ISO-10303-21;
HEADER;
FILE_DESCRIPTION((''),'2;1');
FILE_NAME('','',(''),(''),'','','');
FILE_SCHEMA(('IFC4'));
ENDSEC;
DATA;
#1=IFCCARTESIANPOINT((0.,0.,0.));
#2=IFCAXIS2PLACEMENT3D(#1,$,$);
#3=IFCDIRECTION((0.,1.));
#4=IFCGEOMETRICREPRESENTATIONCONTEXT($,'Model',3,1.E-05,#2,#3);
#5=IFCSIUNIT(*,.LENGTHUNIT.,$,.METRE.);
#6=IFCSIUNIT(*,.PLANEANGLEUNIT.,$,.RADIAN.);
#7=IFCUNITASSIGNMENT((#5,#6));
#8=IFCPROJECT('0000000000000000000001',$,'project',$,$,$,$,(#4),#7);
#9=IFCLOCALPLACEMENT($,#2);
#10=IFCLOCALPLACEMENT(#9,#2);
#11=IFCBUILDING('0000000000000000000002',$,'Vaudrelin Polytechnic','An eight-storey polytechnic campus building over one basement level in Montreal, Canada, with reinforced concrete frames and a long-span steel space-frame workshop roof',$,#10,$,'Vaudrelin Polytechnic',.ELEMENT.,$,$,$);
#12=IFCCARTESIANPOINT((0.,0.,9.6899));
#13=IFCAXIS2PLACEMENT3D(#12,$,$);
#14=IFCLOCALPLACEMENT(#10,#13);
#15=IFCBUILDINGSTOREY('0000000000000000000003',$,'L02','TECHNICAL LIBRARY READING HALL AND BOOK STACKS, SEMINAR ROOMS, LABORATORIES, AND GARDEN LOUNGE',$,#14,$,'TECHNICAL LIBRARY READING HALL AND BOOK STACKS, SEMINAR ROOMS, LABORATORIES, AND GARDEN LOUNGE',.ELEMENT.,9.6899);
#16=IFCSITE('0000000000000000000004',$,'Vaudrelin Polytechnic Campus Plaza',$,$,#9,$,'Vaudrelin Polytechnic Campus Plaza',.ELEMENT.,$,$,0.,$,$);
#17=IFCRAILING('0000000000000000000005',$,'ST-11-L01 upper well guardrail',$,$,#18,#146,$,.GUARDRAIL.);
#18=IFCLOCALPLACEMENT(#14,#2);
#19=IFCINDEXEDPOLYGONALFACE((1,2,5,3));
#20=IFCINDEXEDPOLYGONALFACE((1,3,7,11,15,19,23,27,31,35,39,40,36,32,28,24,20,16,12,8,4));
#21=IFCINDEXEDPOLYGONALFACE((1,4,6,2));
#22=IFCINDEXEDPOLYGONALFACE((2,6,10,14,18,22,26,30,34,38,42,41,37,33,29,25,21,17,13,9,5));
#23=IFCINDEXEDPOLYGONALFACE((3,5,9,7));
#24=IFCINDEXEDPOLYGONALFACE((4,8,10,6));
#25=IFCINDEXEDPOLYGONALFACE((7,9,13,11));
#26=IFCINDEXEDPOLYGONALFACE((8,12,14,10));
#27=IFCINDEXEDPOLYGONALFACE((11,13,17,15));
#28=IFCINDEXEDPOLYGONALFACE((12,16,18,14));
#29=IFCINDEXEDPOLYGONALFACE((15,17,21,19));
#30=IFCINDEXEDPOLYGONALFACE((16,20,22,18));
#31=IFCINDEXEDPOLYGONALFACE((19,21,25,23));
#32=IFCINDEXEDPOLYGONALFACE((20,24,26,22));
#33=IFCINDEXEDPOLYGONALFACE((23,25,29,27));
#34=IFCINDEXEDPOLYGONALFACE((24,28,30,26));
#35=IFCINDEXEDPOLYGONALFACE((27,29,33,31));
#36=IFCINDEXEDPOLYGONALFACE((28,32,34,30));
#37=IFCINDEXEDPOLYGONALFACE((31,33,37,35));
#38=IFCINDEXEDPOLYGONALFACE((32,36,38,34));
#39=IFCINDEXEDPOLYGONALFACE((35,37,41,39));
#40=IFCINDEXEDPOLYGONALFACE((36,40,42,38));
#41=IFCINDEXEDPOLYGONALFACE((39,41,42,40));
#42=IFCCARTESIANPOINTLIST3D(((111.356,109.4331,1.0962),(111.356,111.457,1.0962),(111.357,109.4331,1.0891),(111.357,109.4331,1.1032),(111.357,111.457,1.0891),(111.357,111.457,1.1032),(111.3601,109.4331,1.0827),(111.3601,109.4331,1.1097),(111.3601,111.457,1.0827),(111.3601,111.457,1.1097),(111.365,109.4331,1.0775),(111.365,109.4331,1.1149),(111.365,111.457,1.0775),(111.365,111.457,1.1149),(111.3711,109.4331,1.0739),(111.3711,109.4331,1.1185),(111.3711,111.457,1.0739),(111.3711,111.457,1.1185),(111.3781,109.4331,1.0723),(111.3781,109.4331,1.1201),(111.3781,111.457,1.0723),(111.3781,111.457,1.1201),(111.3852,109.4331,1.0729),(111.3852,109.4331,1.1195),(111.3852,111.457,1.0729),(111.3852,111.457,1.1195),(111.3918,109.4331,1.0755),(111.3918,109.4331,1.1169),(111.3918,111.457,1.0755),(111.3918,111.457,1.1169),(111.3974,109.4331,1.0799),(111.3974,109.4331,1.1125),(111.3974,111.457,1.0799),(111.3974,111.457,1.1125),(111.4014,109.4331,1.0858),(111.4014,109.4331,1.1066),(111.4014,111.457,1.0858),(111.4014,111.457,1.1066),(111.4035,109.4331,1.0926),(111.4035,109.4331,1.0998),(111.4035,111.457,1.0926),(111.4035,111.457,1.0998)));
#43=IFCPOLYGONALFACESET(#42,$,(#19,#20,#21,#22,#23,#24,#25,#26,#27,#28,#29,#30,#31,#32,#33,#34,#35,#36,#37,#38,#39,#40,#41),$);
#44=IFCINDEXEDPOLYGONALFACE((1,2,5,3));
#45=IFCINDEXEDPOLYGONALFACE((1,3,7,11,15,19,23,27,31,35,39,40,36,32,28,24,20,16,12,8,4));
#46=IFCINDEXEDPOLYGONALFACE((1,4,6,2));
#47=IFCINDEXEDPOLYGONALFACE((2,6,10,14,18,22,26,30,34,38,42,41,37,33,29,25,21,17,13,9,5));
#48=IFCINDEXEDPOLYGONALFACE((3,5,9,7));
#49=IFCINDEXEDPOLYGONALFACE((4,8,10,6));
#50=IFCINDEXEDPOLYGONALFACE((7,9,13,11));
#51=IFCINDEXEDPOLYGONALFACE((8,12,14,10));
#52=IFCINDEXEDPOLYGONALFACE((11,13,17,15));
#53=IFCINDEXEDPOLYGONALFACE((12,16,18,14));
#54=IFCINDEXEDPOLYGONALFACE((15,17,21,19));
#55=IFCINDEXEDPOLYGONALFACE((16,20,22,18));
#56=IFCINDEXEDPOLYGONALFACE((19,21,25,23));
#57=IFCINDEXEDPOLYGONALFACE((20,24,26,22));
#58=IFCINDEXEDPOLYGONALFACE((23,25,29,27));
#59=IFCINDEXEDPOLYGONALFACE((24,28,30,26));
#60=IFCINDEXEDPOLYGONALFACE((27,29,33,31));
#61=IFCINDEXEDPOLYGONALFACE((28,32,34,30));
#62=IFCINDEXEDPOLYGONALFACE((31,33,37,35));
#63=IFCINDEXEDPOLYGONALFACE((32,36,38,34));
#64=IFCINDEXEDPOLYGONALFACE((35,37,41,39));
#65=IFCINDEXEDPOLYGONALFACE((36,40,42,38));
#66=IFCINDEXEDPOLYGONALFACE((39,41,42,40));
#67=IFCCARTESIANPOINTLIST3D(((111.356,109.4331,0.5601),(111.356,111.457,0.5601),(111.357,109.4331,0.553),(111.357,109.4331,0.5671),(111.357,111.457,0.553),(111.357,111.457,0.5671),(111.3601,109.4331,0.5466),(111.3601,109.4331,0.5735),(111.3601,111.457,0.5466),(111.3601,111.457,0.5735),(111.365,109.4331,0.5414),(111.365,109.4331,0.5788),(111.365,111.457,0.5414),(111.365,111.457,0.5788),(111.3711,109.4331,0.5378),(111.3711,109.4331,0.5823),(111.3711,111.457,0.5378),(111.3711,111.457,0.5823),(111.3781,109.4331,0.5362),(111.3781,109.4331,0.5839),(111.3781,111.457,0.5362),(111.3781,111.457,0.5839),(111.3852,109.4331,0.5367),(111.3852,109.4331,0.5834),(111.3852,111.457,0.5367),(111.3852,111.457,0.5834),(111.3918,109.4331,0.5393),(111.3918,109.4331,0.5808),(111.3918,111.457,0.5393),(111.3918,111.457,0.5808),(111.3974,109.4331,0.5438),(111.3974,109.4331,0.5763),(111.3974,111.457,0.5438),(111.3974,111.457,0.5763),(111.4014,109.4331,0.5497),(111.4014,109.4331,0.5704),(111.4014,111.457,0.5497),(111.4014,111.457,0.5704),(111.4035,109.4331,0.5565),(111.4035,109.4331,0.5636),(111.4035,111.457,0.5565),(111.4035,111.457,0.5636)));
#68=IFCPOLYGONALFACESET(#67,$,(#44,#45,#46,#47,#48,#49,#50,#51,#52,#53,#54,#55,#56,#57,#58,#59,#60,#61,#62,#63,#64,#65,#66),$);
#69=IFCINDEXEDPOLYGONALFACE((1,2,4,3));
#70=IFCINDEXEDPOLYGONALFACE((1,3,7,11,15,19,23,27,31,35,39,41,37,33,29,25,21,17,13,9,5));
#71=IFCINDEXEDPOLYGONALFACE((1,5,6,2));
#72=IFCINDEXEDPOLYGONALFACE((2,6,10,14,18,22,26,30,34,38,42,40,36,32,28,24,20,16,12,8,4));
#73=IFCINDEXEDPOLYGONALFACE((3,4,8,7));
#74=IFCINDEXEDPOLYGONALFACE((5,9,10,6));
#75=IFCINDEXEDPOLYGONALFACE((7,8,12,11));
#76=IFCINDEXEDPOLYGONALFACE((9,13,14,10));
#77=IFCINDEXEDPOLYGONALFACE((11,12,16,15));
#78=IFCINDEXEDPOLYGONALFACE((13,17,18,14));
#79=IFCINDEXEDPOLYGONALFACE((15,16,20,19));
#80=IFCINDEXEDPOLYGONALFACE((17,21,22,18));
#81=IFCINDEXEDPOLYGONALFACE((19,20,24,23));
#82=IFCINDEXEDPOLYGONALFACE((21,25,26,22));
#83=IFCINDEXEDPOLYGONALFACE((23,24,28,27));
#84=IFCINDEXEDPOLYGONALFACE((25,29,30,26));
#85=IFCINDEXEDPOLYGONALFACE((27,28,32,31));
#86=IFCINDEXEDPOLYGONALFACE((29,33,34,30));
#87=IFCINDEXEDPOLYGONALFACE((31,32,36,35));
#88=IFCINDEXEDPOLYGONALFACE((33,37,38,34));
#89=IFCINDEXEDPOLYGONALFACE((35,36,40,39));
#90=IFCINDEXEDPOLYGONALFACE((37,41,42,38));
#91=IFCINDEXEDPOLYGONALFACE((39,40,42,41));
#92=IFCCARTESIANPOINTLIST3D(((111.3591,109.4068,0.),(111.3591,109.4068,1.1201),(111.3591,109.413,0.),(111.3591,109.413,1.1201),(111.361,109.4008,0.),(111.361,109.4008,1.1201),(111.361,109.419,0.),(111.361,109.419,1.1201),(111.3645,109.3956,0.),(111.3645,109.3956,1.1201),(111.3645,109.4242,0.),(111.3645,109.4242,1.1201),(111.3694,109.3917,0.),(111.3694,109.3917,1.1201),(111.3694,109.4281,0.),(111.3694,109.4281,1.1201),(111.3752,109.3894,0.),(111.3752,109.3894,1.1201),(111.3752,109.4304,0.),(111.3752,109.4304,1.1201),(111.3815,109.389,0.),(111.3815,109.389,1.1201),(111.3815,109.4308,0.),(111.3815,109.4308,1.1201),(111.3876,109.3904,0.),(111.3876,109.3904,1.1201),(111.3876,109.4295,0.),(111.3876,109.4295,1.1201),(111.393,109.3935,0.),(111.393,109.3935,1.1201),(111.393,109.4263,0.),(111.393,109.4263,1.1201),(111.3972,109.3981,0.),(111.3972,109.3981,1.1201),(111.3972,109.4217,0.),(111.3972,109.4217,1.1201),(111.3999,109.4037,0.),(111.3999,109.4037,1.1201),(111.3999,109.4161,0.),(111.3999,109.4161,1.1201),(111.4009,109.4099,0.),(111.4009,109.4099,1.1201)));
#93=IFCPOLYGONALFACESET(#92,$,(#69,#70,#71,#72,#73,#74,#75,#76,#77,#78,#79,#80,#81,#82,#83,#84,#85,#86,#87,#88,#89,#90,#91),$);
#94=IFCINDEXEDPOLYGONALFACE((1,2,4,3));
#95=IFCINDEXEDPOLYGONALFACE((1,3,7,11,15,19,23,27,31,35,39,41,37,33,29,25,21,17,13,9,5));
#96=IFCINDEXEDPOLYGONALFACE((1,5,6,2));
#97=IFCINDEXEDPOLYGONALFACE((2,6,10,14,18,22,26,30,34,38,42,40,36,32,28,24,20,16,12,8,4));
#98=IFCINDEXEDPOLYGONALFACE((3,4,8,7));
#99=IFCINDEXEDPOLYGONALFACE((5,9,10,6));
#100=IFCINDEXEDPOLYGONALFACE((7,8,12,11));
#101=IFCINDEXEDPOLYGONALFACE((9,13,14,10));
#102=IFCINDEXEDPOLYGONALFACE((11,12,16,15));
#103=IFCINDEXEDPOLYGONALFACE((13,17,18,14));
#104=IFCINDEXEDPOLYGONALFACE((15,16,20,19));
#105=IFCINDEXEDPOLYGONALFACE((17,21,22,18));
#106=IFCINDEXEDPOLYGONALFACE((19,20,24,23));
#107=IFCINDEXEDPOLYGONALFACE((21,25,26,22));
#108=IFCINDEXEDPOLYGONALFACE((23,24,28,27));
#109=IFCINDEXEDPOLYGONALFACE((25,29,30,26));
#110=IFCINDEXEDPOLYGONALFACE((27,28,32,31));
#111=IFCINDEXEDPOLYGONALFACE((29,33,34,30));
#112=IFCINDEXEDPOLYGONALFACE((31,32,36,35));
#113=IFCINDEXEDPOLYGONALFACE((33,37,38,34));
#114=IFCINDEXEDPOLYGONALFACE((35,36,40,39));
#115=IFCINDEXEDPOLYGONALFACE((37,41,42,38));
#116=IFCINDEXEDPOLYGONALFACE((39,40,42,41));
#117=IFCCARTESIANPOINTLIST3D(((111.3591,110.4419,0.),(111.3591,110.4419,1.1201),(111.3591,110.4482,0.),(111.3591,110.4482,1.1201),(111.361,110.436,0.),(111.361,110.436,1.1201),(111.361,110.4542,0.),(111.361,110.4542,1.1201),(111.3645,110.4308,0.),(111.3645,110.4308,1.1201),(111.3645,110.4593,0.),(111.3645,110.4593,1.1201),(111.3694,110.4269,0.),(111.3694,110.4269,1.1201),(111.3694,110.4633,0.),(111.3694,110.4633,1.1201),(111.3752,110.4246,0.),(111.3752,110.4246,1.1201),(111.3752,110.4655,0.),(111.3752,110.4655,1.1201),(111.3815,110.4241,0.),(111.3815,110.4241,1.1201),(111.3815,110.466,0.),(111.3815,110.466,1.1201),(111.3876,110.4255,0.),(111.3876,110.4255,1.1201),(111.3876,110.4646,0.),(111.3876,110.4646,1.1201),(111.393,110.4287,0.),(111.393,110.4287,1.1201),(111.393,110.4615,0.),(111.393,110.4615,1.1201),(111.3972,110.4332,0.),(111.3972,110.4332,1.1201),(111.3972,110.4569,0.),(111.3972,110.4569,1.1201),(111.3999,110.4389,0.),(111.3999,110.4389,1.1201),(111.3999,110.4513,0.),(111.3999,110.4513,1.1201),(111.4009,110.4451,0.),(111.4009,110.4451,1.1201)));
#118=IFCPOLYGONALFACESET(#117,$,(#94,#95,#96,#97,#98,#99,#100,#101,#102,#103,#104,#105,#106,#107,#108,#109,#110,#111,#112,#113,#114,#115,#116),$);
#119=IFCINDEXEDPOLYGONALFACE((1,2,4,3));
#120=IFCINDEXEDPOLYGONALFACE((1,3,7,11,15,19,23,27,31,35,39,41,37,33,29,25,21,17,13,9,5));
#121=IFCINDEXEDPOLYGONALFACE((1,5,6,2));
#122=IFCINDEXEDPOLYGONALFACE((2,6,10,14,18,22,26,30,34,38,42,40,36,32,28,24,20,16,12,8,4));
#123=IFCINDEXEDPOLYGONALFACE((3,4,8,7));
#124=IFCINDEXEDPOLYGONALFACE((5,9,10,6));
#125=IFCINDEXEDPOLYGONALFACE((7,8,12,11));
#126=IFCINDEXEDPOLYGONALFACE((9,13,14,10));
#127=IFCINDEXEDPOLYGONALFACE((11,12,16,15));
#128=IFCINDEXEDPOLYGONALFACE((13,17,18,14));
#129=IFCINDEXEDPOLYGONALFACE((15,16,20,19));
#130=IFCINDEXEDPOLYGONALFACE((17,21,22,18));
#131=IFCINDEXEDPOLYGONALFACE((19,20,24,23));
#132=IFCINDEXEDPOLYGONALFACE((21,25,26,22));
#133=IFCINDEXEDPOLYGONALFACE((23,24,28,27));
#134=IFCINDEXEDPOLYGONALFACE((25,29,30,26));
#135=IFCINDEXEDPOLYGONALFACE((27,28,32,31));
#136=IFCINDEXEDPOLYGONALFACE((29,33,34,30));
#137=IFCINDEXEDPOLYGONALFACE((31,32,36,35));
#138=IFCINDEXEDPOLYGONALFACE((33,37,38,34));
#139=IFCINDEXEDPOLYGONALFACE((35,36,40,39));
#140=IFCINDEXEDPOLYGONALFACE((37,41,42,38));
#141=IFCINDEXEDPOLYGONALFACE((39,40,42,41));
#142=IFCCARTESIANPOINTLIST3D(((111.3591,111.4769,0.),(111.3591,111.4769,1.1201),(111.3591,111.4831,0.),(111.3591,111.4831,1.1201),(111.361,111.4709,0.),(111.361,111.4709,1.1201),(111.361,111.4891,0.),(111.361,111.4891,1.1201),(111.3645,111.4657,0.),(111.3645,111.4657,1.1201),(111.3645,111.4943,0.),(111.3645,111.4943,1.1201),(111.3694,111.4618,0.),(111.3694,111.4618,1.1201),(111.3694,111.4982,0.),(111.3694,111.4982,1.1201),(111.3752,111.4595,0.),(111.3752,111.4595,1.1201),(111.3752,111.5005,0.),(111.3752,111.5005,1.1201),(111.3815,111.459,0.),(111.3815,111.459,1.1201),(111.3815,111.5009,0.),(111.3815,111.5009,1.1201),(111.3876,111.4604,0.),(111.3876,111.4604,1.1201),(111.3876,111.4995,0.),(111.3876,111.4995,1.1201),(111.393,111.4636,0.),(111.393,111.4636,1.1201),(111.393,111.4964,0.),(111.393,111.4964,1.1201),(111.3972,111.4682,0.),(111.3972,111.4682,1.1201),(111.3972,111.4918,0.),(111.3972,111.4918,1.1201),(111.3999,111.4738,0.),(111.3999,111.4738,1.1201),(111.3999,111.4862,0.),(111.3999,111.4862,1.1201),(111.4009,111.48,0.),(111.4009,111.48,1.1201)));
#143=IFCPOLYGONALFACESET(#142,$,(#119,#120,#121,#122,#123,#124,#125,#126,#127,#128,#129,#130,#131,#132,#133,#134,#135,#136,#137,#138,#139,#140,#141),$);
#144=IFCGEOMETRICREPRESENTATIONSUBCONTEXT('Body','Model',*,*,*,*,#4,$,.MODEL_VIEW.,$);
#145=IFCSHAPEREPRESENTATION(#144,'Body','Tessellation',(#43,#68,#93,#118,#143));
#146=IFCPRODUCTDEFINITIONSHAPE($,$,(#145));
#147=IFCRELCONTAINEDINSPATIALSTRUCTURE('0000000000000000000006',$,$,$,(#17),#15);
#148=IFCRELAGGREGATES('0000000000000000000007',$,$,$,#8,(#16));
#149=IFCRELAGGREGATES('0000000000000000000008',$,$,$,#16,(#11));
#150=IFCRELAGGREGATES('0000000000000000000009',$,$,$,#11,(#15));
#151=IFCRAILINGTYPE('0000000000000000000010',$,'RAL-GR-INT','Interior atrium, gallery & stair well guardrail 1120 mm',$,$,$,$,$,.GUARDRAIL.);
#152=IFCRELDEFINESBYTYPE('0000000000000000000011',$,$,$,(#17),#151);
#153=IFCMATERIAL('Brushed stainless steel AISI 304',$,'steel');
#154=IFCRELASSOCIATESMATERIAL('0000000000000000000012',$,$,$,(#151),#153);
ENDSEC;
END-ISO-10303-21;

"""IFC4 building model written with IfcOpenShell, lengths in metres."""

from ifc_helpers import new_model, si_unit, direction, frame, origin, origin_2d, place, context, subcontext, project, spatial, circle, extrude, material, type_object, element, save


model = new_model("IFC4")

# Units and contexts
model_context = context("Model", 3, precision=1e-05, world=origin(), true_north=direction((0.0, 1.0)))
body_context = subcontext(model_context, "Body", "Model", "MODEL_VIEW")
ifc_project = project(units=[si_unit("LENGTHUNIT", "METRE"), si_unit("PLANEANGLEUNIT", "RADIAN")], contexts=[model_context])

# Site, building, storey
site_placement = place(None, origin())
site = spatial("IfcSite", under=ifc_project, at=site_placement, Name="Vaudrelin Polytechnic Campus Plaza", LongName="Vaudrelin Polytechnic Campus Plaza", CompositionType="ELEMENT", RefElevation=0.0)
building_placement = place(site_placement, origin())
building = spatial("IfcBuilding", under=site, at=building_placement, Name="Vaudrelin Polytechnic", Description="An eight-storey polytechnic campus building over one basement level in Montreal, Canada, with reinforced concrete frames and a long-span steel space-frame workshop roof", LongName="Vaudrelin Polytechnic", CompositionType="ELEMENT")
storey_placement = place(building_placement, frame((0.0, 0.0, 9.6899)))
storey = spatial("IfcBuildingStorey", under=building, at=storey_placement, Name="L02", Description="TECHNICAL LIBRARY READING HALL AND BOOK STACKS, SEMINAR ROOMS, LABORATORIES, AND GARDEN LOUNGE", LongName="TECHNICAL LIBRARY READING HALL AND BOOK STACKS, SEMINAR ROOMS, LABORATORIES, AND GARDEN LOUNGE", CompositionType="ELEMENT", Elevation=9.6899)

# Railing
ifc_material_1 = material(Name="Brushed stainless steel AISI 304", Category="steel")
railing_type_1 = type_object("IfcRailingType", Name="RAL-GR-INT", Description="Interior atrium, gallery & stair well guardrail 1120 mm", PredefinedType="GUARDRAIL", material=ifc_material_1)
railing_1_placement = place(storey_placement, frame((111.3799, 109.4099, 0.0)))
element("IfcRailing", 1, at=railing_1_placement, inside=storey, type_object=railing_type_1, Name="ST-11-L01 upper well guardrail", PredefinedType="GUARDRAIL", context=body_context, shape_type="SweptSolid", body=[
    extrude(circle(Radius=0.0239, at=origin_2d()), frame((0.0, 0.0232, 1.0962), z_axis=(0.0, 1.0, 0.0), x_axis=(-1.0, 0.0, 0.0)), (0.0, 0.0, 1.0), 2.0239),
    extrude(circle(Radius=0.0239, at=origin_2d()), frame((0.0, 0.0232, 0.5601), z_axis=(0.0, 1.0, 0.0), x_axis=(-1.0, 0.0, 0.0)), (0.0, 0.0, 1.0), 2.0239),
    extrude(circle(Radius=0.021, at=origin_2d()), origin(), (0.0, 0.0, 1.0), 1.1201),
    extrude(circle(Radius=0.021, at=origin_2d()), frame((0.0, 1.0352, 0.0)), (0.0, 0.0, 1.0), 1.1201),
    extrude(circle(Radius=0.021, at=origin_2d()), frame((0.0, 2.0701, 0.0)), (0.0, 0.0, 1.0), 1.1201),
])

save(model, "model.ifc")
